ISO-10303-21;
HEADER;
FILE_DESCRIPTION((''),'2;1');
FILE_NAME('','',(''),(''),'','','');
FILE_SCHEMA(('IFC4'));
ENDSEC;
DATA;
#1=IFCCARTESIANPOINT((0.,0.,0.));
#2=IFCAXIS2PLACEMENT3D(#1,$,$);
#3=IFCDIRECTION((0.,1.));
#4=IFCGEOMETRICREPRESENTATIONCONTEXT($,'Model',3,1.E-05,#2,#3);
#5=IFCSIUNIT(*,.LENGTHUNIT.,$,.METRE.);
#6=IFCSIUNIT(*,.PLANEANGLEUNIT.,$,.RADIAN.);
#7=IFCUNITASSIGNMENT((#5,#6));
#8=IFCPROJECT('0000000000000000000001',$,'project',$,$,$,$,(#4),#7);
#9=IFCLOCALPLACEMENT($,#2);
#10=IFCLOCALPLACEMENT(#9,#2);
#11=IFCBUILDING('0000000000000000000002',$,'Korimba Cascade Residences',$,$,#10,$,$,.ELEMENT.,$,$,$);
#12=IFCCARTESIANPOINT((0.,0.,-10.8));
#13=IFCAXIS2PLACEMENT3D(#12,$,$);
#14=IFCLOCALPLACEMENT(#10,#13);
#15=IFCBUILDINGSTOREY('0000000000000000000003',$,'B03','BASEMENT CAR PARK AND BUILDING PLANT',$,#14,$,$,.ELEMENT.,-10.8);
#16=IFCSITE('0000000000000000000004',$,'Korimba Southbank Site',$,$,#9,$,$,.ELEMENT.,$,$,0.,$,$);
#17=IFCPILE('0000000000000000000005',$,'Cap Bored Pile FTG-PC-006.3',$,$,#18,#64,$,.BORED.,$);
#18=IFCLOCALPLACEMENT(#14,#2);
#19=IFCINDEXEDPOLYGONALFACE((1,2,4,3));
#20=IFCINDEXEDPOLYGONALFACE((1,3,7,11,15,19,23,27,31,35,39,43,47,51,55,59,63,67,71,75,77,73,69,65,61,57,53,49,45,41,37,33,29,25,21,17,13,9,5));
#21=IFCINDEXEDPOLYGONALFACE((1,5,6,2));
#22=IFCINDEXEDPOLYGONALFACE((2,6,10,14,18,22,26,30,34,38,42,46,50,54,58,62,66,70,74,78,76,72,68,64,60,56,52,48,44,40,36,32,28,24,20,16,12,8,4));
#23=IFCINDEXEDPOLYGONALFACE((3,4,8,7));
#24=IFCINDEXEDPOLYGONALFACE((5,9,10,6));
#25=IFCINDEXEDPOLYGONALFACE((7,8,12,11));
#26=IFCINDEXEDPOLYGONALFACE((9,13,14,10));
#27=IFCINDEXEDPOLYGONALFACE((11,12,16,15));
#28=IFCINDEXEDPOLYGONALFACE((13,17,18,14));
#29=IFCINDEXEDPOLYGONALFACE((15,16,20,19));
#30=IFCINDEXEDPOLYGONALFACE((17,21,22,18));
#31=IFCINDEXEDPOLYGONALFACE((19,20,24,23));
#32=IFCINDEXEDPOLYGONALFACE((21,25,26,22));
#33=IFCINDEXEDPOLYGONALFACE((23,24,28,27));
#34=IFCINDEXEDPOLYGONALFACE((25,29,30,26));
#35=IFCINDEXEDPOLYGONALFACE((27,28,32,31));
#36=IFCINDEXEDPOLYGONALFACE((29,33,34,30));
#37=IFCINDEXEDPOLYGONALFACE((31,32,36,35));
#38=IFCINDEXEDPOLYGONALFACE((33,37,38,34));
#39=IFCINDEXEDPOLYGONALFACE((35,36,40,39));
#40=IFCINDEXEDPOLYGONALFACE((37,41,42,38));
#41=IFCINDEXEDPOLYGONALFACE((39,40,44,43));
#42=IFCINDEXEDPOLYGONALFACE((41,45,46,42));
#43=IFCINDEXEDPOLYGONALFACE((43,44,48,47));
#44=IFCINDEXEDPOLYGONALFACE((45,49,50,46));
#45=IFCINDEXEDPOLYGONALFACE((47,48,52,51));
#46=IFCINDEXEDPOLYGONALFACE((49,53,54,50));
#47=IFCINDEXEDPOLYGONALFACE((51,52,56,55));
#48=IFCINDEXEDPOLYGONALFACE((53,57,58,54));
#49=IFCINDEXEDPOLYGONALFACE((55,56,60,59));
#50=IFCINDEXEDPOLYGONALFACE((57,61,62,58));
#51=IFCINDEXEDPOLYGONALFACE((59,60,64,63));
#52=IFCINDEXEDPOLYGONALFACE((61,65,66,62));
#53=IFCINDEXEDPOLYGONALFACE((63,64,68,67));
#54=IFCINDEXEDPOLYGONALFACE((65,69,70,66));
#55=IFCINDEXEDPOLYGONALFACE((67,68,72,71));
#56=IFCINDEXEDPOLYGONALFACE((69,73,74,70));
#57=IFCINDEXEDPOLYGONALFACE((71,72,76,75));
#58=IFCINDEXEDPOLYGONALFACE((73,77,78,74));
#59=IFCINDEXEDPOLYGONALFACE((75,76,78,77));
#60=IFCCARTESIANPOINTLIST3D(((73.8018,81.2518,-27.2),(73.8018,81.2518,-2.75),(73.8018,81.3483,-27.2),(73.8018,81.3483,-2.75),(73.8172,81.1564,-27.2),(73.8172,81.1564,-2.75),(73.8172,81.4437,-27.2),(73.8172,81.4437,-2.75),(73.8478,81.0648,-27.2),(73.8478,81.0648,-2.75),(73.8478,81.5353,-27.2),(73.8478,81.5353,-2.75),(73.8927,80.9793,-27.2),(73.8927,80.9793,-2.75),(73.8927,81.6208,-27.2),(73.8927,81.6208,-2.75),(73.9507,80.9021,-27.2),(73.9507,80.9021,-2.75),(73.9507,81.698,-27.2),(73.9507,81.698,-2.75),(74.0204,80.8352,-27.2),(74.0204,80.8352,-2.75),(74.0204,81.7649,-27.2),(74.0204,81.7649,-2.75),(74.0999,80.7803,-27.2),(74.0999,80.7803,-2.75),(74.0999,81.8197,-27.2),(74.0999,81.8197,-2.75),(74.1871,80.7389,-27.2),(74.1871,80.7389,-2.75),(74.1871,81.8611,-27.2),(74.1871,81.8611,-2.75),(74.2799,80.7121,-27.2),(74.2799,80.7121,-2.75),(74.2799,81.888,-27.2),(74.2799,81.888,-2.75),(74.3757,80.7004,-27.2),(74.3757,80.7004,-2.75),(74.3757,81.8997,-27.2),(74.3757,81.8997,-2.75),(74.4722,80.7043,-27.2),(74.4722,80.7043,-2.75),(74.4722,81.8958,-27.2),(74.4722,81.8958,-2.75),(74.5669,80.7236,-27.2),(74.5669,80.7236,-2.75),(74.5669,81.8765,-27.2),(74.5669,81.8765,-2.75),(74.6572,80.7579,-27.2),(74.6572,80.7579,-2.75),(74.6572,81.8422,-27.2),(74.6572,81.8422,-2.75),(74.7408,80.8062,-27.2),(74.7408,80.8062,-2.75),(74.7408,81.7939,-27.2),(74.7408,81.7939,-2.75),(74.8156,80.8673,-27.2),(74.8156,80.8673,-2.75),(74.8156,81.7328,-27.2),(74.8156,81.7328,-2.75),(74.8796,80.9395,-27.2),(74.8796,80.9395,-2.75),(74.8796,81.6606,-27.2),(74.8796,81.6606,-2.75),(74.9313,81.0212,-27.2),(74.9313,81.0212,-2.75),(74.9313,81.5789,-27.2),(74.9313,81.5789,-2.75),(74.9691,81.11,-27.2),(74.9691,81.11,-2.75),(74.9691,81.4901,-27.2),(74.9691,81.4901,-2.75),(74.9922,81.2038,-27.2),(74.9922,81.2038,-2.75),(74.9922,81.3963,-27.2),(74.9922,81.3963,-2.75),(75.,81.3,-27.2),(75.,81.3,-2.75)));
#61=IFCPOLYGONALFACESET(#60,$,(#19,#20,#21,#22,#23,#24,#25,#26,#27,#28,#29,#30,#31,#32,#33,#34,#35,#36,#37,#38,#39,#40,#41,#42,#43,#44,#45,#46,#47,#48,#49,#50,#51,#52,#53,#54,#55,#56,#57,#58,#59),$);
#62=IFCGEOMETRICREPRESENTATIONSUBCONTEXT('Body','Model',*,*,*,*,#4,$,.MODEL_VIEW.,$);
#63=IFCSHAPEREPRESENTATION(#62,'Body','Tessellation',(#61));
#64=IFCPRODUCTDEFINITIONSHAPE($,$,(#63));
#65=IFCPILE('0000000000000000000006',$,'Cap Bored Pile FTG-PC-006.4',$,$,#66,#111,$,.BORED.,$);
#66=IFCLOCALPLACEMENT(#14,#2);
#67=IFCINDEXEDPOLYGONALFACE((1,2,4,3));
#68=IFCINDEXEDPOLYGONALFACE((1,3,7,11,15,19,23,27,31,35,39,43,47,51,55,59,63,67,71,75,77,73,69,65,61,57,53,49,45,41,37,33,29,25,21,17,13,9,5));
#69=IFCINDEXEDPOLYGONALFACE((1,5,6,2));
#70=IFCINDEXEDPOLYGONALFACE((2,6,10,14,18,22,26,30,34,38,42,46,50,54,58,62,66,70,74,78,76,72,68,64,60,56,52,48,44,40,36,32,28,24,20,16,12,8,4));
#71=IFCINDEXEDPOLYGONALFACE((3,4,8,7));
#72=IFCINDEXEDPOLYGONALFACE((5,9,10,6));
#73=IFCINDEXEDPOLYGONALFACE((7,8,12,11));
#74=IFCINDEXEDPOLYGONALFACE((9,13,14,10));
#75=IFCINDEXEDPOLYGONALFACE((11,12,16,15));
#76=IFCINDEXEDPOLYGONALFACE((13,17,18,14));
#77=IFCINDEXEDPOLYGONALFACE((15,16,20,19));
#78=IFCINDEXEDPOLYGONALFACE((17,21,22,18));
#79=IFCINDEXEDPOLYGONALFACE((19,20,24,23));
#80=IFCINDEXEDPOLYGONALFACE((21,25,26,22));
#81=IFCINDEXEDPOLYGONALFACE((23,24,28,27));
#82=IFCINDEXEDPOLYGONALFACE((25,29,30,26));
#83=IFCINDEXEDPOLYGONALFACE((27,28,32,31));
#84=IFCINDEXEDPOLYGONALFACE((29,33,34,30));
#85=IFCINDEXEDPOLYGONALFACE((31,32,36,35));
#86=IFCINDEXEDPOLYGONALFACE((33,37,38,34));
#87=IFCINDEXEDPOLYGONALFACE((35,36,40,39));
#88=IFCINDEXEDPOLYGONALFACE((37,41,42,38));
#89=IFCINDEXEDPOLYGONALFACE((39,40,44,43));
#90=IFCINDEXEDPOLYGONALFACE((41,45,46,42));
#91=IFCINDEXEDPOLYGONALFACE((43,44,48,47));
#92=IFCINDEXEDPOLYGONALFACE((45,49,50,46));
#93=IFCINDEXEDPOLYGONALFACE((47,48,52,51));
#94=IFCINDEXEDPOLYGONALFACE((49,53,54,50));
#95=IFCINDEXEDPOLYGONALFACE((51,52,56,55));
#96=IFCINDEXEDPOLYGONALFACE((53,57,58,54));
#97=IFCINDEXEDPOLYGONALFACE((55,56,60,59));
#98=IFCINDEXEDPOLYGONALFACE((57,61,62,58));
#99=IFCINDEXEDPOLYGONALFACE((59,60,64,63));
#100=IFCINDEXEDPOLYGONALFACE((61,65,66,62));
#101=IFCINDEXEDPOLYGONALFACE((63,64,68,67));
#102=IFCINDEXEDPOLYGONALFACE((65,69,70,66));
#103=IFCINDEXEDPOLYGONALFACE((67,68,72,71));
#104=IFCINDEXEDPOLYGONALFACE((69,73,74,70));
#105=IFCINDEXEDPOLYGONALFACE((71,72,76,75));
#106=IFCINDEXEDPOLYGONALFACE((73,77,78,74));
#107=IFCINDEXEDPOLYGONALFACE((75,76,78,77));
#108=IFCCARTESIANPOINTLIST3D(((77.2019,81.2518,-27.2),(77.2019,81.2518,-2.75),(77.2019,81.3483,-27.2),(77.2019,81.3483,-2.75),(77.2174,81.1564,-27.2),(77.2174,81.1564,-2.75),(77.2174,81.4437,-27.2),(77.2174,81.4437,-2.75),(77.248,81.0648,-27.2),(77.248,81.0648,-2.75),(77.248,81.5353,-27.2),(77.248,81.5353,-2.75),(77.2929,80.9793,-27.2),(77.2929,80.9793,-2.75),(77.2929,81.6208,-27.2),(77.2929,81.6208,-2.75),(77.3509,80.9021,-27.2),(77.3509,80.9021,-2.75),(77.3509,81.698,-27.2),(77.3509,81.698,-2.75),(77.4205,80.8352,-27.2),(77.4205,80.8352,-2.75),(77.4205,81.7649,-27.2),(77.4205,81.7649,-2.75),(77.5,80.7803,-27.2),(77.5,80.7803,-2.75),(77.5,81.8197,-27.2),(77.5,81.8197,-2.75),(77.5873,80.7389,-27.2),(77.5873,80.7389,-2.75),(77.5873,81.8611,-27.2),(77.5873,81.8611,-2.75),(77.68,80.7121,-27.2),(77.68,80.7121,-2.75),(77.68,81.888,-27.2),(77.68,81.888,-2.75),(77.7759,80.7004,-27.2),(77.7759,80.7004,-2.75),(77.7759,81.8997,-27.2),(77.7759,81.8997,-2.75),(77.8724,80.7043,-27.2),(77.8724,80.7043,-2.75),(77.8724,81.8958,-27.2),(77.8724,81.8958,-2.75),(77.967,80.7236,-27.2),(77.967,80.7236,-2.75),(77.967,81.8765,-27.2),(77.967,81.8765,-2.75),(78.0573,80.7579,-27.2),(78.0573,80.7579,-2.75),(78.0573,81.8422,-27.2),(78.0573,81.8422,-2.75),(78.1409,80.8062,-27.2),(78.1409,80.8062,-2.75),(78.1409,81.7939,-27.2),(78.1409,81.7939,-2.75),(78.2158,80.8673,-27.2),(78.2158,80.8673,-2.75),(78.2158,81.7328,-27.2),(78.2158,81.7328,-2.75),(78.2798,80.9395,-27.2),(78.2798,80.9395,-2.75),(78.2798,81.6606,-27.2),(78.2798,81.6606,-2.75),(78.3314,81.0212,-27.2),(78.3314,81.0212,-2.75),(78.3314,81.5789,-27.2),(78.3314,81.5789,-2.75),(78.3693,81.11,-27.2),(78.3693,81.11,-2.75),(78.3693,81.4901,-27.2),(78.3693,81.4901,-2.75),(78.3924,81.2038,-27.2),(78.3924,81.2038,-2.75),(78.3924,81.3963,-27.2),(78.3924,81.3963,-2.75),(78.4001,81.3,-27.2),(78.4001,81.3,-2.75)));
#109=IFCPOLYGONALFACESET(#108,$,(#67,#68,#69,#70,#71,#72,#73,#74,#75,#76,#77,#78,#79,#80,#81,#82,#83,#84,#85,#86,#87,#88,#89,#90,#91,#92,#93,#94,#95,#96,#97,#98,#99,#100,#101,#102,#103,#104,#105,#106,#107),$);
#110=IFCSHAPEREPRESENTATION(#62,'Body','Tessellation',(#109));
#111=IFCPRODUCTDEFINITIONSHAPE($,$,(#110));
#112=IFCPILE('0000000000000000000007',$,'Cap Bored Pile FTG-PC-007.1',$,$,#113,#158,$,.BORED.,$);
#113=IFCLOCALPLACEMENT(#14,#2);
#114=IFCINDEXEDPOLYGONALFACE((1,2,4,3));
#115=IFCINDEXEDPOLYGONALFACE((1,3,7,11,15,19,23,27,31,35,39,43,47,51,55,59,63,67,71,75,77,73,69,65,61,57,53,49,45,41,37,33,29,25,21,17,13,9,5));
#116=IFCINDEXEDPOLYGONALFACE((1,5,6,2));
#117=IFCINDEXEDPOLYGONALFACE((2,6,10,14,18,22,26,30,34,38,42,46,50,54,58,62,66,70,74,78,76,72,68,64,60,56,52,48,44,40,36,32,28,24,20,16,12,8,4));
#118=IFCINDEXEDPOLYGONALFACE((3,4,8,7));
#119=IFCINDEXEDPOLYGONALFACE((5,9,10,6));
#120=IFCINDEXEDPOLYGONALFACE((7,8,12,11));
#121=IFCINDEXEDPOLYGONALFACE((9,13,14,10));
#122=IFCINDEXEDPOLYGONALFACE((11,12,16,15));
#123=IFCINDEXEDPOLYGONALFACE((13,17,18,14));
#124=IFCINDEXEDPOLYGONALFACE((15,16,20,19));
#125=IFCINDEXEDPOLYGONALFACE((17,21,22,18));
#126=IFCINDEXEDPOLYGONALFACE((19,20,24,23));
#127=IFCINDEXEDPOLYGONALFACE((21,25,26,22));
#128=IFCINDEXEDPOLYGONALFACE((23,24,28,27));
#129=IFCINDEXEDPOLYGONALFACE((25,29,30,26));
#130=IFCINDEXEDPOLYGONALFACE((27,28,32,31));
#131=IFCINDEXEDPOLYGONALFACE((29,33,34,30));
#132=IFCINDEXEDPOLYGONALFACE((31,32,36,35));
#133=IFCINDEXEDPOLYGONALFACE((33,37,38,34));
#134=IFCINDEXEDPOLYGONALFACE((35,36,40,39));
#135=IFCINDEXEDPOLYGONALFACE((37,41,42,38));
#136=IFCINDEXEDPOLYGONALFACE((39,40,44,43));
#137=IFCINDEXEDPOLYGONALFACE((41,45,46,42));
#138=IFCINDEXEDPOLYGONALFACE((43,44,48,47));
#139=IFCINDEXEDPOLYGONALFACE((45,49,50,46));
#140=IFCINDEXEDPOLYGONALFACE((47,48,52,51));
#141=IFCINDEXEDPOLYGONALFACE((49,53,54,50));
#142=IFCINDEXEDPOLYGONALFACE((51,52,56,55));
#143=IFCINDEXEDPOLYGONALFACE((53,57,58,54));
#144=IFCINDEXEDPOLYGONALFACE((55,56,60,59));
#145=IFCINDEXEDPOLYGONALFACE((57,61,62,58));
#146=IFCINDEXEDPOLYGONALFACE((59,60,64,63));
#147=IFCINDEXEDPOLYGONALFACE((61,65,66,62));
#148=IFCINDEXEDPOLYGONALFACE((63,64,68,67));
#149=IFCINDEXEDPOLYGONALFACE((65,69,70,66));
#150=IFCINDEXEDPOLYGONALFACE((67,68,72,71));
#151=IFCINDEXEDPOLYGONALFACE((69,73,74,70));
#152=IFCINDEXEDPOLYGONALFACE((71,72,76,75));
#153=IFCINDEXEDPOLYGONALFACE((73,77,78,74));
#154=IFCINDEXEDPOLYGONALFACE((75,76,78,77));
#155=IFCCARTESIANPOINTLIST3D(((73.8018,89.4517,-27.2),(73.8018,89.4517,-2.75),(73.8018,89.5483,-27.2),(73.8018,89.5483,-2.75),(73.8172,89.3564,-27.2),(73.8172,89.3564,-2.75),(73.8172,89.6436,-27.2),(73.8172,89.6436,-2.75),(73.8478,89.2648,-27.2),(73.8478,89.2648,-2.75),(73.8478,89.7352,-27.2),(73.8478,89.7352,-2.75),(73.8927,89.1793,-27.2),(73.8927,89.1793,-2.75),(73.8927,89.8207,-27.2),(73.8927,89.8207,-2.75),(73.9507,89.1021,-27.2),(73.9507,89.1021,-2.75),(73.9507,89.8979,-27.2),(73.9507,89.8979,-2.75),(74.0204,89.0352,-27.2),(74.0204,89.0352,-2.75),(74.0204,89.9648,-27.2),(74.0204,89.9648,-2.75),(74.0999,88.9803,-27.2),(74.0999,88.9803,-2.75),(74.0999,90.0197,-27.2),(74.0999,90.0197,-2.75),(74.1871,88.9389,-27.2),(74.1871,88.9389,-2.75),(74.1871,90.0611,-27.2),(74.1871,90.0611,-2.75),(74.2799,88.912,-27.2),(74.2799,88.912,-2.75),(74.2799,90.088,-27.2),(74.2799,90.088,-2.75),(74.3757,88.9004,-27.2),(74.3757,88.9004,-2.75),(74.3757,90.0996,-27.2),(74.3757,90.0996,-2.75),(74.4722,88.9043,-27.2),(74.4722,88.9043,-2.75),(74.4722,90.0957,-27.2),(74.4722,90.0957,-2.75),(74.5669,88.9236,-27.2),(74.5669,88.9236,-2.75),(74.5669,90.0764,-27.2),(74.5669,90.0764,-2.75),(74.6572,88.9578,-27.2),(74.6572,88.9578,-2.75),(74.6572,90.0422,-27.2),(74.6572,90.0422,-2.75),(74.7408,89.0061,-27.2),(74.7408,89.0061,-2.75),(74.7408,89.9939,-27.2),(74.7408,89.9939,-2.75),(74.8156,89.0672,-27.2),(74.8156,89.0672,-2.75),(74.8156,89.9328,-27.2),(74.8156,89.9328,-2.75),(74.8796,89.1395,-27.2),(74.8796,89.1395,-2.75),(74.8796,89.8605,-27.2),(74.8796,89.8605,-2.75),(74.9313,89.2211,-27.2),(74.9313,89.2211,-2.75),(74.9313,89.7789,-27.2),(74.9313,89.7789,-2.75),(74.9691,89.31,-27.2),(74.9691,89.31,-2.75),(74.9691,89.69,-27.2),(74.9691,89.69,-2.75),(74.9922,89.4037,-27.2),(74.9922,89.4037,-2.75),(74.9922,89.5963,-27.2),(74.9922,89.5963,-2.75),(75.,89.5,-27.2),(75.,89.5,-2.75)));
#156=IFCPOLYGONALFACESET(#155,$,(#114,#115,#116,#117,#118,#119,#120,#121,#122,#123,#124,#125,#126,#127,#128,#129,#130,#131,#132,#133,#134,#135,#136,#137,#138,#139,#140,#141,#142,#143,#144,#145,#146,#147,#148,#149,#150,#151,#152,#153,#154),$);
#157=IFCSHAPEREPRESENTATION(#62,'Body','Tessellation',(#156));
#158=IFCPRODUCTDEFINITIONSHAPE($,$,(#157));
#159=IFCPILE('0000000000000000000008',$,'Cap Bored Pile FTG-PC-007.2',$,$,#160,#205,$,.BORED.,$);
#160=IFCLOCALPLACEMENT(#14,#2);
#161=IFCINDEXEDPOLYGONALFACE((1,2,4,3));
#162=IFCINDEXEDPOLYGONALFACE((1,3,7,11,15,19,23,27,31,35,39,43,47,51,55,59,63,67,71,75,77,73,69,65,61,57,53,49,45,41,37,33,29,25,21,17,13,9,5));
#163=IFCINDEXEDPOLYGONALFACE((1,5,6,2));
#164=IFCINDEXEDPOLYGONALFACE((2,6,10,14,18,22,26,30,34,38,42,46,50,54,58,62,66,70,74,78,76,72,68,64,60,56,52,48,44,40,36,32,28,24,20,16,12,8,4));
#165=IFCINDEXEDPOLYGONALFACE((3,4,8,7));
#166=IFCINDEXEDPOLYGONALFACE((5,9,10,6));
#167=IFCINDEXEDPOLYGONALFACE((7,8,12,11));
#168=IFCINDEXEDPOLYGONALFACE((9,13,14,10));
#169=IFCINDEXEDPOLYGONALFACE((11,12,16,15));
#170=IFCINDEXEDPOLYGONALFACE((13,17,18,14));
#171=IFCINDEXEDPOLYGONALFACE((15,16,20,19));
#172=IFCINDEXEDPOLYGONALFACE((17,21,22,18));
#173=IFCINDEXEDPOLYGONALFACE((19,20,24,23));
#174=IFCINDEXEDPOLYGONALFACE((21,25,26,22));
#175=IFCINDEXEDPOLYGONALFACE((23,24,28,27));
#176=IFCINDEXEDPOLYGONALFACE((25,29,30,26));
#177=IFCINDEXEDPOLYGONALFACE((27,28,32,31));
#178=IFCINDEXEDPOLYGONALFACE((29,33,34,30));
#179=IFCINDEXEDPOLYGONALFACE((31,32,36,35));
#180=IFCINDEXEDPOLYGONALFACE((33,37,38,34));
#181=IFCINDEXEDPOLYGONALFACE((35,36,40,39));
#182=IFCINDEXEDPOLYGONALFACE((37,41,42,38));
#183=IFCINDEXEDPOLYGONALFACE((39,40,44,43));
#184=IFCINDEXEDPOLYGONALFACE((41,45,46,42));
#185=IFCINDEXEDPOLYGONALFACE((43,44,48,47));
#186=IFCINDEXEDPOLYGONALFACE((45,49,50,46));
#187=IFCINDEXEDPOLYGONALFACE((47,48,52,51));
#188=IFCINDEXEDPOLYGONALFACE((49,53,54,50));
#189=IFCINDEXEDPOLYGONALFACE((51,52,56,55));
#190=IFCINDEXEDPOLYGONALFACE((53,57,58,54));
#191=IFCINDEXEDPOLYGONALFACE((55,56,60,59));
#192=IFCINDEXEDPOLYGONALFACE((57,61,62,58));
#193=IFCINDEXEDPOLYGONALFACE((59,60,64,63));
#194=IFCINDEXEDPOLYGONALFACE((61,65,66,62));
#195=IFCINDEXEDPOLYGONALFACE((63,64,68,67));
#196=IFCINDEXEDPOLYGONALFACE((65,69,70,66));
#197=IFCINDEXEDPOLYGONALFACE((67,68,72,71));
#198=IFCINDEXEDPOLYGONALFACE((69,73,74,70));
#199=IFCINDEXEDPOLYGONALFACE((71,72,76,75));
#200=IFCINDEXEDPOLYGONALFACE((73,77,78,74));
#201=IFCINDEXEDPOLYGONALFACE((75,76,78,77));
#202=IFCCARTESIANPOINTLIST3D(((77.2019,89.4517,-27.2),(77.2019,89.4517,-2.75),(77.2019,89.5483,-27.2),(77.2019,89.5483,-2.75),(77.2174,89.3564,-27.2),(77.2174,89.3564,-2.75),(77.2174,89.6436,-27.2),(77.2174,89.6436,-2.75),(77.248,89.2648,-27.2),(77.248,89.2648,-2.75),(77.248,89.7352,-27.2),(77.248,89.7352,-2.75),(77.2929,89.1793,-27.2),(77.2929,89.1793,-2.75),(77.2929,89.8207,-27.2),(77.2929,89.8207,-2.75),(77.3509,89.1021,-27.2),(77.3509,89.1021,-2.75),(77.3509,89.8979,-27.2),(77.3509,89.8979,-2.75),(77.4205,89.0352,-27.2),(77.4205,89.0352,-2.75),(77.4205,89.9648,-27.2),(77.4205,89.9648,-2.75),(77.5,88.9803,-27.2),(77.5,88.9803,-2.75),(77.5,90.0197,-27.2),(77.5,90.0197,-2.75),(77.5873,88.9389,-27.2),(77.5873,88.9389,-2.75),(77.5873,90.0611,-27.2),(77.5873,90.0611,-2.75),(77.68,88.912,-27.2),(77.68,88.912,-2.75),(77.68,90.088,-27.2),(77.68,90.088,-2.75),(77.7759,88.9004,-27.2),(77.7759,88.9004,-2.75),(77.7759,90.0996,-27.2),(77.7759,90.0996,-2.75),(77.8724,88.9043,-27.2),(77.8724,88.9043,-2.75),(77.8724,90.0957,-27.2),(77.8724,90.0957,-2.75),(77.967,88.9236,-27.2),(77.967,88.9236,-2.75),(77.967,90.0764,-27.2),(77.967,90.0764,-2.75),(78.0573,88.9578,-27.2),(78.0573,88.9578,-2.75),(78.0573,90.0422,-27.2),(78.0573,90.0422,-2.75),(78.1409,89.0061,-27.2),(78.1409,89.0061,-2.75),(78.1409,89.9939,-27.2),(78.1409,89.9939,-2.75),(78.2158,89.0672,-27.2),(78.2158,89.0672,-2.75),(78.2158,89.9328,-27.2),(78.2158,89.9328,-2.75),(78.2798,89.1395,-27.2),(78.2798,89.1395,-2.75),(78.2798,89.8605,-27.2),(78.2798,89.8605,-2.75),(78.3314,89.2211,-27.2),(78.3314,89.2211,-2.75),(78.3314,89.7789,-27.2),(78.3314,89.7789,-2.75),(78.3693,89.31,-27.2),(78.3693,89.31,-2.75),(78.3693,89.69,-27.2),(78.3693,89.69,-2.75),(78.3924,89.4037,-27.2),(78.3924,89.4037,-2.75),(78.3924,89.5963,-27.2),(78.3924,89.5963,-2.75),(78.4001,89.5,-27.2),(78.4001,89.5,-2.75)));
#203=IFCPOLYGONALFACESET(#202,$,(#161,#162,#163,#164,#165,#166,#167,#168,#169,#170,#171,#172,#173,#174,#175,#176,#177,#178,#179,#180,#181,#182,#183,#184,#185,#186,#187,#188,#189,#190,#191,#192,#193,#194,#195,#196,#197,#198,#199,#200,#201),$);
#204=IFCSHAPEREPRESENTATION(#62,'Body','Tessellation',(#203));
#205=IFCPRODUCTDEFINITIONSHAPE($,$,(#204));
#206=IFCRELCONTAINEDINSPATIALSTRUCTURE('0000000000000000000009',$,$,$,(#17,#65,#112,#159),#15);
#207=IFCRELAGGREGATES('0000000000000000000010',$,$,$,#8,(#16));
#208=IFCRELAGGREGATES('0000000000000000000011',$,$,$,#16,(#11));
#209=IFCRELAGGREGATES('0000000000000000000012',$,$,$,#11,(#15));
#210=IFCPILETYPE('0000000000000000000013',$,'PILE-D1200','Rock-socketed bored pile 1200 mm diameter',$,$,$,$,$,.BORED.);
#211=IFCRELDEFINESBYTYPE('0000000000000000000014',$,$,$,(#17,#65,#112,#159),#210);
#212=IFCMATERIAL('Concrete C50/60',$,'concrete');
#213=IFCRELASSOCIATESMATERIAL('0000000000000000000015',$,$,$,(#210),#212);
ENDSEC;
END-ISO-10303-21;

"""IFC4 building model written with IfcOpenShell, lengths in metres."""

from ifc_helpers import new_model, si_unit, direction, frame, origin, origin_2d, place, context, subcontext, project, spatial, circle, extrude, material, material_profile, profile_set, type_object, element, save


model = new_model("IFC4")

# Units and contexts
model_context = context("Model", 3, precision=1e-05, world=origin(), true_north=direction((0.0, 1.0)))
body_context = subcontext(model_context, "Body", "Model", "MODEL_VIEW")
ifc_project = project(units=[si_unit("LENGTHUNIT", "METRE"), si_unit("PLANEANGLEUNIT", "RADIAN")], contexts=[model_context])

# Site, building, storey
site_placement = place(None, origin())
site = spatial("IfcSite", under=ifc_project, at=site_placement, Name="Korimba Southbank Site", CompositionType="ELEMENT", RefElevation=0.0)
building_placement = place(site_placement, origin())
building = spatial("IfcBuilding", under=site, at=building_placement, Name="Korimba Cascade Residences", CompositionType="ELEMENT")
storey_placement = place(building_placement, frame((0.0, 0.0, -10.8)))
storey = spatial("IfcBuildingStorey", under=building, at=storey_placement, Name="B03", Description="BASEMENT CAR PARK AND BUILDING PLANT", CompositionType="ELEMENT", Elevation=-10.8)

# Piles
ifc_material_1 = material(Name="Concrete C50/60", Category="concrete")
ifc_material_profile_1 = material_profile(ifc_material_1, circle(Radius=0.6001, at=origin_2d()), Name="Concrete C50/60")
ifc_profile_set_1 = profile_set([ifc_material_profile_1], Name="Concrete C50/60")
pile_type = type_object("IfcPileType", Name="PILE-D1200", Description="Rock-socketed bored pile 1200 mm diameter", PredefinedType="BORED", material=ifc_profile_set_1)
for number, where, z_axis, x_axis, name in (
    (1, (74.3999, 81.3, -2.75), (0.0, 0.0, -1.0), (1.0, 0.0, 0.0), "Cap Bored Pile FTG-PC-006.3"),
    (2, (77.8, 81.3, -2.75), (0.0, 0.0, -1.0), (1.0, 0.0, 0.0), "Cap Bored Pile FTG-PC-006.4"),
    (3, (74.3999, 89.5, -2.75), (0.0, 0.0, -1.0), (1.0, 0.0, 0.0), "Cap Bored Pile FTG-PC-007.1"),
    (4, (77.8, 89.5, -2.75), (0.0, 0.0, -1.0), (1.0, 0.0, 0.0), "Cap Bored Pile FTG-PC-007.2"),
):
    element("IfcPile", number, at=place(storey_placement, frame(where, z_axis=z_axis, x_axis=x_axis)), inside=storey, type_object=pile_type, Name=name, PredefinedType="BORED", context=body_context, shape_type="SweptSolid", body=[
        extrude(circle(Radius=0.6001, at=origin_2d()), origin(), (0.0, 0.0, 1.0), 24.45),
    ])

save(model, "model.ifc")
